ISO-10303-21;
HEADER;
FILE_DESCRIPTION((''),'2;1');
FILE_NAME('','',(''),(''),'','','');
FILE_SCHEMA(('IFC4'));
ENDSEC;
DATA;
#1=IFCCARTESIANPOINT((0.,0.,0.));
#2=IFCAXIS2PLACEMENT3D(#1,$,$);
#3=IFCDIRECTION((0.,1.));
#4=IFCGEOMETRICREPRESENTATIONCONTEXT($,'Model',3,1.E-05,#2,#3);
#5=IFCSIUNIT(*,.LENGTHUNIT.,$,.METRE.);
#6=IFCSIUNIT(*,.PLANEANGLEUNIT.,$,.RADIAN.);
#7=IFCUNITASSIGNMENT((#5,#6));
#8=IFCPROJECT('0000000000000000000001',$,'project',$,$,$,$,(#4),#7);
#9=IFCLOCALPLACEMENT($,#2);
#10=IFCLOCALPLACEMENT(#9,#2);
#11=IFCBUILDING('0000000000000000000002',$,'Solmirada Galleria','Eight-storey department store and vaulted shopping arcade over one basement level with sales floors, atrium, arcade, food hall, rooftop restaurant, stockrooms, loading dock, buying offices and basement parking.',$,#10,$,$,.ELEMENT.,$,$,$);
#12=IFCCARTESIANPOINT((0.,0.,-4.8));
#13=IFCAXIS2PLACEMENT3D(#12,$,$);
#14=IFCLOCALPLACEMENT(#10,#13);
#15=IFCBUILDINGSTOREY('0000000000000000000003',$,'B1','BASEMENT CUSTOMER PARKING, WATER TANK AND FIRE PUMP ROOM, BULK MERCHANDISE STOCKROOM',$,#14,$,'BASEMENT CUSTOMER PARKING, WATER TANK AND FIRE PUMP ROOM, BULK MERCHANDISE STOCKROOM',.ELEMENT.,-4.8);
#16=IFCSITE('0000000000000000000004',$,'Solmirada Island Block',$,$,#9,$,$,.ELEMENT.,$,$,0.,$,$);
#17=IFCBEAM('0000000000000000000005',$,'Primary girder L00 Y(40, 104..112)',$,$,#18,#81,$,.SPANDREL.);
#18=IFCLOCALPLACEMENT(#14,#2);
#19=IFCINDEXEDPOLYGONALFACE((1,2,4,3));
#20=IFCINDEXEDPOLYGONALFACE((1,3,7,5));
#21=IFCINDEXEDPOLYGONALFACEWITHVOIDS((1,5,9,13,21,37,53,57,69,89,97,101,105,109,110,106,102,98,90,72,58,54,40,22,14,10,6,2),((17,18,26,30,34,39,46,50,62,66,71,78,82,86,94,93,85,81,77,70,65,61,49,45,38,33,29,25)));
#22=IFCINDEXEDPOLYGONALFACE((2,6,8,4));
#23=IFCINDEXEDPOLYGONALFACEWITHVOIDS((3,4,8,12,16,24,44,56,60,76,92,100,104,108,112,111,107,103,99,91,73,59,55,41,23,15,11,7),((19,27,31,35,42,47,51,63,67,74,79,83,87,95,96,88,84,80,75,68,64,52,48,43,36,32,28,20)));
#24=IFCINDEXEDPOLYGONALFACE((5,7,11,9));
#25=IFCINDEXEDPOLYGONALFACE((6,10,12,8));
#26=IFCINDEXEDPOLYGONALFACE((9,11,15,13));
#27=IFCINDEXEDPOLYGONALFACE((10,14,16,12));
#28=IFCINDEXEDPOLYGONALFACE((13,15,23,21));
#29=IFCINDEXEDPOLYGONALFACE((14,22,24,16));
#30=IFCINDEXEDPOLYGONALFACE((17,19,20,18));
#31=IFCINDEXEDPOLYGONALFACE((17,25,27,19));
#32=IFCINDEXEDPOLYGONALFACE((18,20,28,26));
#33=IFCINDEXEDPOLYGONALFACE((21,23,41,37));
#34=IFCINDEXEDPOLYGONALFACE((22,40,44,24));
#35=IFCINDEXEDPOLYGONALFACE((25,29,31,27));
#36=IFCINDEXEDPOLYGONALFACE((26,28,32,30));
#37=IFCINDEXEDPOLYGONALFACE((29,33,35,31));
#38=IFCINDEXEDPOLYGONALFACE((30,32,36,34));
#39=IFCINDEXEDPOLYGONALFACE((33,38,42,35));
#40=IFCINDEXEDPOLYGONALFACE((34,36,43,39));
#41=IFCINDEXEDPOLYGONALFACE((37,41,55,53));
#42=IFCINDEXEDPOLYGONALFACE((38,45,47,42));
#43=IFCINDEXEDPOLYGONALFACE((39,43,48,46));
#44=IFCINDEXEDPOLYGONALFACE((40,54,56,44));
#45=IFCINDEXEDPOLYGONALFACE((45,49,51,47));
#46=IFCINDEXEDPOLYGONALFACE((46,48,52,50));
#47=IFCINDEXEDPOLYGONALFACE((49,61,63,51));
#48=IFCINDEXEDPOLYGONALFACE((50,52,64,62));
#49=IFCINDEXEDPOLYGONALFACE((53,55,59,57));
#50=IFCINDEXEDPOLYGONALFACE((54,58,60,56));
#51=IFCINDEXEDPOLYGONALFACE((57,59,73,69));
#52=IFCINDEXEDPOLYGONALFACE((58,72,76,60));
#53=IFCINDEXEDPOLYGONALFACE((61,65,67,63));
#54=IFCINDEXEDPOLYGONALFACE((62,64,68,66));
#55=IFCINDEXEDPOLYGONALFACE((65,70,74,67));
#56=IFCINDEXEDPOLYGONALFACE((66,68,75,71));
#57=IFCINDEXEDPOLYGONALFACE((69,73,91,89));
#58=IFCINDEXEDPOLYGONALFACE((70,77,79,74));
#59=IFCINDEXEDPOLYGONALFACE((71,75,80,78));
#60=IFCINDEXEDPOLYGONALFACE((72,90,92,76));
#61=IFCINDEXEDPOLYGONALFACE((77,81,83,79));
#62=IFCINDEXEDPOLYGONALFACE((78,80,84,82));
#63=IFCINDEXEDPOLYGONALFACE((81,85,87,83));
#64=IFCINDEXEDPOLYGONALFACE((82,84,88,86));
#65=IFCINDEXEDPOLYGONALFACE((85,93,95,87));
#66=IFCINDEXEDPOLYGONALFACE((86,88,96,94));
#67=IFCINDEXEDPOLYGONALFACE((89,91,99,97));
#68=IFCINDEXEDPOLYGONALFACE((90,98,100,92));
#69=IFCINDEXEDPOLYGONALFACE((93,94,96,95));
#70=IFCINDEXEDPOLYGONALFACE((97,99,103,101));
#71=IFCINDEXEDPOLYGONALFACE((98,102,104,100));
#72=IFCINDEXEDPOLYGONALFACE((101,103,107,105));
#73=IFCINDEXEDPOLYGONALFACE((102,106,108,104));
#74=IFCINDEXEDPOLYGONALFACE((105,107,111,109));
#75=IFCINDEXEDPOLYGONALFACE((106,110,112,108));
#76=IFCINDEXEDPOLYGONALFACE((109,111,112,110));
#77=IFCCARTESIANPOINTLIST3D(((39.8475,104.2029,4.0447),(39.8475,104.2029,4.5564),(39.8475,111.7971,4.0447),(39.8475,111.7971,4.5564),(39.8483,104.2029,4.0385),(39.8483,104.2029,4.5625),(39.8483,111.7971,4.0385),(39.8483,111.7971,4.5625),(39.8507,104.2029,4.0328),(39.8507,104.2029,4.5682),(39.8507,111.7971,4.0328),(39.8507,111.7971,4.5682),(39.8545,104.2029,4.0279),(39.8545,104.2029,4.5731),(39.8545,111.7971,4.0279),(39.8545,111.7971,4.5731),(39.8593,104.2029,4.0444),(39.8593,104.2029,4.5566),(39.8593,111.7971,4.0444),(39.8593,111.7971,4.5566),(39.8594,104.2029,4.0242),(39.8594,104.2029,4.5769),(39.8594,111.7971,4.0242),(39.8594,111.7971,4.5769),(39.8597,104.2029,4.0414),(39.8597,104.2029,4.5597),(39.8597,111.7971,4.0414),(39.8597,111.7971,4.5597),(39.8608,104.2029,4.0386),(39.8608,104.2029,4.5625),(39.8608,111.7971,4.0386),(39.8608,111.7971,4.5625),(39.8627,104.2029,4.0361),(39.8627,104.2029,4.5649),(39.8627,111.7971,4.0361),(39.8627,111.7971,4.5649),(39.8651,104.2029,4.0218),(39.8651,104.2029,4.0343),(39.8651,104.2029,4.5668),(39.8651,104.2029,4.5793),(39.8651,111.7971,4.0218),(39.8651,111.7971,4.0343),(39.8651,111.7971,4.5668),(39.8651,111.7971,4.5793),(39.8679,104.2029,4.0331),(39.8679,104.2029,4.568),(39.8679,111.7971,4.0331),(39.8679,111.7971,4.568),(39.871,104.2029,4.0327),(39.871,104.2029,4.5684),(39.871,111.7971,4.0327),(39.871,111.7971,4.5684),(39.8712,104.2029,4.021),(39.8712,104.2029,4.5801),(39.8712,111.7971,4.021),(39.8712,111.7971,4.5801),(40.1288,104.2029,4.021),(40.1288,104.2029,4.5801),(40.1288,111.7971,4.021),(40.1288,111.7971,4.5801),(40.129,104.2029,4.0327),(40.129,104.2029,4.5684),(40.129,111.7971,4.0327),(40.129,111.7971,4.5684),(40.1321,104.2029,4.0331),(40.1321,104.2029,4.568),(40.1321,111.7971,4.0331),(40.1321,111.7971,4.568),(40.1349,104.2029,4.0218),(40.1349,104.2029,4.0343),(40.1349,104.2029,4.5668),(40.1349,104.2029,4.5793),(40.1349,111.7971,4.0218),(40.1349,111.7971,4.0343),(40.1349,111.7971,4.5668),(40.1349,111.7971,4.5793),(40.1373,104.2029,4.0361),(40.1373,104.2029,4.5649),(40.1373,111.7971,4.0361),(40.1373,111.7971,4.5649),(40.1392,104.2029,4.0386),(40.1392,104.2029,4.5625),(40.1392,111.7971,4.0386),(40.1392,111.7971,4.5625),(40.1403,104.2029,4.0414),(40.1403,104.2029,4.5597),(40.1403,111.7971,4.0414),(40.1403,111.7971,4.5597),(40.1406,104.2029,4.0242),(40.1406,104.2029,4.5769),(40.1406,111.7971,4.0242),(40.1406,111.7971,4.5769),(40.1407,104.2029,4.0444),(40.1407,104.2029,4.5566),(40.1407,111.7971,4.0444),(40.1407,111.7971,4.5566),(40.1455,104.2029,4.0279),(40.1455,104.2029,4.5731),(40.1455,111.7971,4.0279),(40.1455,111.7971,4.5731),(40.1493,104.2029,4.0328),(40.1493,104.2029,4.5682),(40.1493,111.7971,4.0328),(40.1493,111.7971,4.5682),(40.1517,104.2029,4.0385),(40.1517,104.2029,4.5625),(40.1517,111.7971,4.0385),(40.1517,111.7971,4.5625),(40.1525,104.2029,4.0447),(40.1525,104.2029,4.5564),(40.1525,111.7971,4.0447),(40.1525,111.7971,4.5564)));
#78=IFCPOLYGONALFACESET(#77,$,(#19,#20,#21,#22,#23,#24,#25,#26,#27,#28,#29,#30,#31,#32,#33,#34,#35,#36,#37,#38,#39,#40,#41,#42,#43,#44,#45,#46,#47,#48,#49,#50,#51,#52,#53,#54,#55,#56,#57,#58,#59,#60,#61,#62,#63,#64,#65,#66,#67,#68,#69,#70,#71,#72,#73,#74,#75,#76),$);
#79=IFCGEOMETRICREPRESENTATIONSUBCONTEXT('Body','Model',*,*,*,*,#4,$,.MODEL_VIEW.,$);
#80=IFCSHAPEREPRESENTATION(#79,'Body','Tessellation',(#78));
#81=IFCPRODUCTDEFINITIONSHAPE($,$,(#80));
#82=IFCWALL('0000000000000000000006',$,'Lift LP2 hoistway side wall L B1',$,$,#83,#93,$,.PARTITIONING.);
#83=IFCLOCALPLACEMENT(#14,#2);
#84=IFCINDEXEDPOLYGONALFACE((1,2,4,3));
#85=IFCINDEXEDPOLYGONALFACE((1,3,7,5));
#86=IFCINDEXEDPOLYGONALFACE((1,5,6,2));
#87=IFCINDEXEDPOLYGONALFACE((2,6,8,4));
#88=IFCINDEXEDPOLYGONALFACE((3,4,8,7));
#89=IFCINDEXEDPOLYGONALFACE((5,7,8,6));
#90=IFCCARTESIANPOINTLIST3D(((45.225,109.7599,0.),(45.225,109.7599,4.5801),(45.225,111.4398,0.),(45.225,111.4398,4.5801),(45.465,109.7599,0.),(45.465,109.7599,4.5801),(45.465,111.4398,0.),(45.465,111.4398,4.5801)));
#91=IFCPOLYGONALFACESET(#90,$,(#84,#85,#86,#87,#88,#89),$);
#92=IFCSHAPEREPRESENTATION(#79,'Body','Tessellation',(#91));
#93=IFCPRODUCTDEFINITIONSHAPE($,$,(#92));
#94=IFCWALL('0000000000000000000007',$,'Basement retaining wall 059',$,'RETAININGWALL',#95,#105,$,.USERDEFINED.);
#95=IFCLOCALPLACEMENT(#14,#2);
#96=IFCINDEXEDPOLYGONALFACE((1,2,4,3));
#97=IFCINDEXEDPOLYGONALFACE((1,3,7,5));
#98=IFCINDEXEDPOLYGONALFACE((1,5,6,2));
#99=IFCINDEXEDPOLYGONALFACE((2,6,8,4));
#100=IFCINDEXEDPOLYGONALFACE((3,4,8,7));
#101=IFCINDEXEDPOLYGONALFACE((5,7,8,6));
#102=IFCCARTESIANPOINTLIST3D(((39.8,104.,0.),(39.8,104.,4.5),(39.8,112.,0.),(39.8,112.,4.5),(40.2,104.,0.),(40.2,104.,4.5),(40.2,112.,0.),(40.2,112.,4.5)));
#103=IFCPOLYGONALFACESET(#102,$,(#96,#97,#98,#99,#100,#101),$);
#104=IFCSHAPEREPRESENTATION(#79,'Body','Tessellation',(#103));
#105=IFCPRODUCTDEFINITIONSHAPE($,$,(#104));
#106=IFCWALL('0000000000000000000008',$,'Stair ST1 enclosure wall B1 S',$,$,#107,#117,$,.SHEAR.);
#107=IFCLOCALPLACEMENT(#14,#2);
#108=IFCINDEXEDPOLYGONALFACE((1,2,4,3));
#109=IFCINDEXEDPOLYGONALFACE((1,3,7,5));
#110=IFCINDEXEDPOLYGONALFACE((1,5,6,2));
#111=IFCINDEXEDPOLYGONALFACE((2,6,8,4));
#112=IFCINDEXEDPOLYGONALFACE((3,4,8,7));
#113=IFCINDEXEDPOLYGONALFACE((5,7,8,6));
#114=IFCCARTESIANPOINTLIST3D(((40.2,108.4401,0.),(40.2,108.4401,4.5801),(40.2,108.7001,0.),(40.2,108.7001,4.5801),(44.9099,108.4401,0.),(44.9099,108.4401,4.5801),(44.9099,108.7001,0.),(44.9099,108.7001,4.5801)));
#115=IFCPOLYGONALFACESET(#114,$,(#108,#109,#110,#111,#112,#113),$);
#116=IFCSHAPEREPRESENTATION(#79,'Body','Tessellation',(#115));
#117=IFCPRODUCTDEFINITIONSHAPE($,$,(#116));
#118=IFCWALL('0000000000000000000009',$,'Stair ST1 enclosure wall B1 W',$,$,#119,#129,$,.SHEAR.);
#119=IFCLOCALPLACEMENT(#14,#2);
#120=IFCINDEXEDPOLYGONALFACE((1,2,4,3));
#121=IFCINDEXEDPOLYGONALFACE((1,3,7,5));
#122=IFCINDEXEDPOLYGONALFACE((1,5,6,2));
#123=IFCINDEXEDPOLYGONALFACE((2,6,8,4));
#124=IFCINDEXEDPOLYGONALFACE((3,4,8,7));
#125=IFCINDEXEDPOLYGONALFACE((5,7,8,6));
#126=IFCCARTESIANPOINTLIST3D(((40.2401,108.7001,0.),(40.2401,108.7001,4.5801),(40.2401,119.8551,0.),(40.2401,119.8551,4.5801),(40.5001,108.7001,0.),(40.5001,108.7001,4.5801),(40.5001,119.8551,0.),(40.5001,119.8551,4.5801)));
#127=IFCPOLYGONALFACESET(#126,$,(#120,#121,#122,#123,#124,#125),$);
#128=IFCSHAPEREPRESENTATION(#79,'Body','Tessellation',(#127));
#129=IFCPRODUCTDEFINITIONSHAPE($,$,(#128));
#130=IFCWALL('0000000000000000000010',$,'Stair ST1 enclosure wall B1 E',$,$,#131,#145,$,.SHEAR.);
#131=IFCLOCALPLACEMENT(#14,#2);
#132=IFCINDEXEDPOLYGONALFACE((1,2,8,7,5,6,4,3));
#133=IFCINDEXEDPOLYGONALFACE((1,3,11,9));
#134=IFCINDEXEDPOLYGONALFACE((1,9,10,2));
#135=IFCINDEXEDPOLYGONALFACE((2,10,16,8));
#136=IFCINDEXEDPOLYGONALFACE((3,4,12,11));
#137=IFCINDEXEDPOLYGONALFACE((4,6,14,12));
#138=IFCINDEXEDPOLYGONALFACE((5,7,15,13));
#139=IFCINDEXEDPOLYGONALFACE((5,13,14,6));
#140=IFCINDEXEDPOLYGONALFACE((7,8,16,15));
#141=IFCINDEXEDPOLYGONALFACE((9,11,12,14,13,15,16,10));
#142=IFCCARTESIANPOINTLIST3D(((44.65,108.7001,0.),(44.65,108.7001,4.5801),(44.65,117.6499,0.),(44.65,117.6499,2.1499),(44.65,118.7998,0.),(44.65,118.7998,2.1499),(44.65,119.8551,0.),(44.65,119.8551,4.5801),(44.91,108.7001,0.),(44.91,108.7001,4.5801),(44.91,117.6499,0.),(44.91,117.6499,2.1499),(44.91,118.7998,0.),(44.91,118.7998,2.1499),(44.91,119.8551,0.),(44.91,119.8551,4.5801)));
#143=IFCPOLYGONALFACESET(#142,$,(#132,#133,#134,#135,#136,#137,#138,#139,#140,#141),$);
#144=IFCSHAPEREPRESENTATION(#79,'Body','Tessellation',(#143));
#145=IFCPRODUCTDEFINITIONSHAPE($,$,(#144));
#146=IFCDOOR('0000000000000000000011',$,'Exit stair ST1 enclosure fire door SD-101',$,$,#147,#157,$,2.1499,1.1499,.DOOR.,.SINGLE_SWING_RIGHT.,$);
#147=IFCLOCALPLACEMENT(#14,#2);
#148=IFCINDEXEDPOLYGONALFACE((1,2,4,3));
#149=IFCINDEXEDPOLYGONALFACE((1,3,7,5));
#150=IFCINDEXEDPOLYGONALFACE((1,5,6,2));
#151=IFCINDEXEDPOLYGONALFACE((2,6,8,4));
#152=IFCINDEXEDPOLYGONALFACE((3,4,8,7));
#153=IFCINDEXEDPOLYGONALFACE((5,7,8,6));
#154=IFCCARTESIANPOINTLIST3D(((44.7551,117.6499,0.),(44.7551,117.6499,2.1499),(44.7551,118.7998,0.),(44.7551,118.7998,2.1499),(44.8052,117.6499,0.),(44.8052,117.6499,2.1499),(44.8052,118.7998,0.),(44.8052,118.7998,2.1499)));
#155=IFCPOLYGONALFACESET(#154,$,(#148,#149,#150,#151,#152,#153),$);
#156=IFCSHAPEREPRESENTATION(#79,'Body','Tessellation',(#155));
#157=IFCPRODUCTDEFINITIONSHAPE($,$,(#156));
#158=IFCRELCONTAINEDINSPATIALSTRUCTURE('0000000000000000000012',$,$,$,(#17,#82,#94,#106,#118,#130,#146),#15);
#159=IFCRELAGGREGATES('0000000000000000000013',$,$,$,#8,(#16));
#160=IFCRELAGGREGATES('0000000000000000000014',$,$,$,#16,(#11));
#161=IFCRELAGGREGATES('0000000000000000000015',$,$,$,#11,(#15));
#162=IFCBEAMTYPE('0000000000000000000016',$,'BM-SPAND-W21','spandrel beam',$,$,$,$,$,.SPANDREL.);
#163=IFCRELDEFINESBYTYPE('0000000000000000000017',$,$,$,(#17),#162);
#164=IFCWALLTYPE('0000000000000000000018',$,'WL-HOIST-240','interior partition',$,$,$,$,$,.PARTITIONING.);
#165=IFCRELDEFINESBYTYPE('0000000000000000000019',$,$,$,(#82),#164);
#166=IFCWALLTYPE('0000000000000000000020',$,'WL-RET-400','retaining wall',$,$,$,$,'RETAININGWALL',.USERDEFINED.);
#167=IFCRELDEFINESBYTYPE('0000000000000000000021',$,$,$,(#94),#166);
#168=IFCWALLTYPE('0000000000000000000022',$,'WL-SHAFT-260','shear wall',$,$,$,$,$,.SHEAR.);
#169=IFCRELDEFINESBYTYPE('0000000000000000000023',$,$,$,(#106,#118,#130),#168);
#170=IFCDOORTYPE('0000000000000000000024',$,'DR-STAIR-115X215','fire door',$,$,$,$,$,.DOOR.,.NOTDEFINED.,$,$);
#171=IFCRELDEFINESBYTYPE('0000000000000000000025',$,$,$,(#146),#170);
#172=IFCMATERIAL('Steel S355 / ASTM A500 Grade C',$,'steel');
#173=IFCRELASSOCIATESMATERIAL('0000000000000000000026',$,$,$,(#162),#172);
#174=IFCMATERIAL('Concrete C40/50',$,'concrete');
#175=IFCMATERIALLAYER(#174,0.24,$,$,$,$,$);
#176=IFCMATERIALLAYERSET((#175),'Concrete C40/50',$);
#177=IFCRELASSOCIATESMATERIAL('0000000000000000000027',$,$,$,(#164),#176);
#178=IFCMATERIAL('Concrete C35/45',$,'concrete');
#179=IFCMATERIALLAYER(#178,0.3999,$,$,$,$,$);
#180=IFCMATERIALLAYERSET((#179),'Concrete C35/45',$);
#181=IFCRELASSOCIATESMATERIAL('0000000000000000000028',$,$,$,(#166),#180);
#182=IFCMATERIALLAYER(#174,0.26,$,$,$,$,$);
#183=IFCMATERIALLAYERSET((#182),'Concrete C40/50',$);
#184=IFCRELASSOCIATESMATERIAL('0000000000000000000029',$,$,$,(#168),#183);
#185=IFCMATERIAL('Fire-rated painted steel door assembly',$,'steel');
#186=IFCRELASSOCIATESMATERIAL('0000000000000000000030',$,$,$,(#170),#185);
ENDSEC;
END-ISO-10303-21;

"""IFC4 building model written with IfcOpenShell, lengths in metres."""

from ifc_helpers import new_model, si_unit, direction, frame, frame_2d, origin, origin_2d, place, context, subcontext, project, spatial, rectangle, hollow_rectangle, extrude, material, layer, layer_set, material_profile, profile_set, type_object, element, fill, save


model = new_model("IFC4")

# Units and contexts
model_context = context("Model", 3, precision=1e-05, world=origin(), true_north=direction((0.0, 1.0)))
body_context = subcontext(model_context, "Body", "Model", "MODEL_VIEW")
ifc_project = project(units=[si_unit("LENGTHUNIT", "METRE"), si_unit("PLANEANGLEUNIT", "RADIAN")], contexts=[model_context])

# Site, building, storey
site_placement = place(None, origin())
site = spatial("IfcSite", under=ifc_project, at=site_placement, Name="Solmirada Island Block", CompositionType="ELEMENT", RefElevation=0.0)
building_placement = place(site_placement, origin())
building = spatial("IfcBuilding", under=site, at=building_placement, Name="Solmirada Galleria", Description="Eight-storey department store and vaulted shopping arcade over one basement level with sales floors, atrium, arcade, food hall, rooftop restaurant, stockrooms, loading dock, buying offices and basement parking.", CompositionType="ELEMENT")
storey_placement = place(building_placement, frame((0.0, 0.0, -4.8)))
storey = spatial("IfcBuildingStorey", under=building, at=storey_placement, Name="B1", Description="BASEMENT CUSTOMER PARKING, WATER TANK AND FIRE PUMP ROOM, BULK MERCHANDISE STOCKROOM", LongName="BASEMENT CUSTOMER PARKING, WATER TANK AND FIRE PUMP ROOM, BULK MERCHANDISE STOCKROOM", CompositionType="ELEMENT", Elevation=-4.8)

# Shared definitions
ifc_material_1 = material(Name="Concrete C40/50", Category="concrete")

# Shared definitions
ifc_material_2 = material(Name="Steel S355 / ASTM A500 Grade C", Category="steel")

# Beam
ifc_material_profile_1 = material_profile(ifc_material_2, hollow_rectangle(XDim=0.3049, YDim=0.5591, WallThickness=0.0117, InnerFilletRadius=0.0117, OuterFilletRadius=0.0237, at=origin_2d()), Name="HSS22X12X1/2")
ifc_profile_set_1 = profile_set([ifc_material_profile_1], Name="Steel S355 / ASTM A500 Grade C")
beam_type_1 = type_object("IfcBeamType", Name="BM-SPAND-W21", Description="spandrel beam", PredefinedType="SPANDREL", material=ifc_profile_set_1)
for number, where, z_axis, x_axis, name in (
    (1, (40.0, 104.2029, 4.3005), (0.0, 1.0, 0.0), (-1.0, 0.0, 0.0), "Primary girder L00 Y(40, 104..112)"),
):
    element("IfcBeam", number, at=place(storey_placement, frame(where, z_axis=z_axis, x_axis=x_axis)), inside=storey, type_object=beam_type_1, Name=name, PredefinedType="SPANDREL", context=body_context, shape_type="SweptSolid", body=[
        extrude(hollow_rectangle(XDim=0.3049, YDim=0.5591, WallThickness=0.0117, InnerFilletRadius=0.0117, OuterFilletRadius=0.0237, at=origin_2d()), origin(), (0.0, 0.0, 1.0), 7.5942),
    ])

# Shared definitions
ifc_material_3 = material(Name="Fire-rated painted steel door assembly", Category="steel")
ifc_layer_1 = layer(ifc_material_1, 0.24)
ifc_layer_set_1 = layer_set([ifc_layer_1], Name="Concrete C40/50")
wall_type_1 = type_object("IfcWallType", Name="WL-HOIST-240", Description="interior partition", PredefinedType="PARTITIONING", material=ifc_layer_set_1)

# Walls
wall_1_placement = place(storey_placement, frame((45.345, 109.76, 0.0), z_axis=(0.0, 0.0, 1.0), x_axis=(0.0, 1.0, 0.0)))
element("IfcWall", 2, at=wall_1_placement, inside=storey, type_object=wall_type_1, Name="Lift LP2 hoistway side wall L B1", PredefinedType="PARTITIONING", context=body_context, shape_type="SweptSolid", body=[
    extrude(rectangle(XDim=1.6799, YDim=0.24, at=frame_2d((0.8398, 0.0))), origin(), (0.0, 0.0, 1.0), 4.5801),
])
ifc_material_4 = material(Name="Concrete C35/45", Category="concrete")
ifc_layer_2 = layer(ifc_material_4, 0.3999)
ifc_layer_set_2 = layer_set([ifc_layer_2], Name="Concrete C35/45")
wall_type_2 = type_object("IfcWallType", Name="WL-RET-400", Description="retaining wall", ElementType="RETAININGWALL", PredefinedType="USERDEFINED", material=ifc_layer_set_2)
wall_2_placement = place(storey_placement, frame((40.0, 104.0, 0.0), z_axis=(0.0, 0.0, 1.0), x_axis=(0.0, 1.0, 0.0)))
element("IfcWall", 3, at=wall_2_placement, inside=storey, type_object=wall_type_2, Name="Basement retaining wall 059", ObjectType="RETAININGWALL", PredefinedType="USERDEFINED", context=body_context, shape_type="SweptSolid", body=[
    extrude(rectangle(XDim=8.0, YDim=0.3999, at=frame_2d((4.0, 0.0))), origin(), (0.0, 0.0, 1.0), 4.5),
])
ifc_layer_3 = layer(ifc_material_1, 0.26)
ifc_layer_set_3 = layer_set([ifc_layer_3], Name="Concrete C40/50")
wall_type_3 = type_object("IfcWallType", Name="WL-SHAFT-260", Description="shear wall", PredefinedType="SHEAR", material=ifc_layer_set_3)
wall_3_placement = place(storey_placement, frame((40.2, 108.5701, 0.0), z_axis=(0.0, 0.0, 1.0), x_axis=(1.0, 0.0, 0.0)))
element("IfcWall", 4, at=wall_3_placement, inside=storey, type_object=wall_type_3, Name="Stair ST1 enclosure wall B1 S", PredefinedType="SHEAR", context=body_context, shape_type="SweptSolid", body=[
    extrude(rectangle(XDim=4.71, YDim=0.26, at=frame_2d((2.355, 0.0))), origin(), (0.0, 0.0, 1.0), 4.5801),
])
wall_4_placement = place(storey_placement, frame((40.3701, 108.7, 0.0), z_axis=(0.0, 0.0, 1.0), x_axis=(0.0, 1.0, 0.0)))
element("IfcWall", 5, at=wall_4_placement, inside=storey, type_object=wall_type_3, Name="Stair ST1 enclosure wall B1 W", PredefinedType="SHEAR", context=body_context, shape_type="SweptSolid", body=[
    extrude(rectangle(XDim=11.155, YDim=0.26, at=frame_2d((5.5776, 0.0))), origin(), (0.0, 0.0, 1.0), 4.5801),
])

# Wall, opening, door
wall_5_placement = place(storey_placement, frame((44.78, 108.7, 0.0), z_axis=(0.0, 0.0, 1.0), x_axis=(0.0, 1.0, 0.0)))
wall_5 = element("IfcWall", 6, at=wall_5_placement, inside=storey, type_object=wall_type_3, Name="Stair ST1 enclosure wall B1 E", PredefinedType="SHEAR", context=body_context, shape_type="SweptSolid", body=[
    extrude(rectangle(XDim=11.155, YDim=0.26, at=frame_2d((5.5776, 0.0))), origin(), (0.0, 0.0, 1.0), 4.5801),
])
opening_1_placement = place(wall_5_placement, frame((8.95, 0.0, 0.0)))
opening_1 = element("IfcOpeningElement", 7, at=opening_1_placement, cuts=wall_5, PredefinedType="OPENING", context=body_context, shape_type="SweptSolid", body=[
    extrude(rectangle(XDim=1.1499, YDim=2.1499, at=frame_2d((0.575, 1.075))), frame((0.0, 0.1399, 0.0), z_axis=(0.0, -1.0, 0.0), x_axis=(1.0, 0.0, 0.0)), (0.0, 0.0, 1.0), 0.28),
])
door_type_1 = type_object("IfcDoorType", Name="DR-STAIR-115X215", Description="fire door", OperationType="NOTDEFINED", PredefinedType="DOOR", material=ifc_material_3)
door_1_placement = place(opening_1_placement, origin())
door_1 = element("IfcDoor", 8, at=door_1_placement, inside=storey, type_object=door_type_1, Name="Exit stair ST1 enclosure fire door SD-101", OperationType="SINGLE_SWING_RIGHT", OverallHeight=2.1499, OverallWidth=1.1499, PredefinedType="DOOR", context=body_context, shape_type="SweptSolid", body=[
    extrude(rectangle(XDim=1.1499, YDim=2.1499, at=frame_2d((0.575, 1.075))), frame((0.0, 0.0249, 0.0), z_axis=(0.0, -1.0, 0.0), x_axis=(1.0, 0.0, 0.0)), (0.0, 0.0, 1.0), 0.05),
])
fill(opening_1, door_1)

save(model, "model.ifc")
